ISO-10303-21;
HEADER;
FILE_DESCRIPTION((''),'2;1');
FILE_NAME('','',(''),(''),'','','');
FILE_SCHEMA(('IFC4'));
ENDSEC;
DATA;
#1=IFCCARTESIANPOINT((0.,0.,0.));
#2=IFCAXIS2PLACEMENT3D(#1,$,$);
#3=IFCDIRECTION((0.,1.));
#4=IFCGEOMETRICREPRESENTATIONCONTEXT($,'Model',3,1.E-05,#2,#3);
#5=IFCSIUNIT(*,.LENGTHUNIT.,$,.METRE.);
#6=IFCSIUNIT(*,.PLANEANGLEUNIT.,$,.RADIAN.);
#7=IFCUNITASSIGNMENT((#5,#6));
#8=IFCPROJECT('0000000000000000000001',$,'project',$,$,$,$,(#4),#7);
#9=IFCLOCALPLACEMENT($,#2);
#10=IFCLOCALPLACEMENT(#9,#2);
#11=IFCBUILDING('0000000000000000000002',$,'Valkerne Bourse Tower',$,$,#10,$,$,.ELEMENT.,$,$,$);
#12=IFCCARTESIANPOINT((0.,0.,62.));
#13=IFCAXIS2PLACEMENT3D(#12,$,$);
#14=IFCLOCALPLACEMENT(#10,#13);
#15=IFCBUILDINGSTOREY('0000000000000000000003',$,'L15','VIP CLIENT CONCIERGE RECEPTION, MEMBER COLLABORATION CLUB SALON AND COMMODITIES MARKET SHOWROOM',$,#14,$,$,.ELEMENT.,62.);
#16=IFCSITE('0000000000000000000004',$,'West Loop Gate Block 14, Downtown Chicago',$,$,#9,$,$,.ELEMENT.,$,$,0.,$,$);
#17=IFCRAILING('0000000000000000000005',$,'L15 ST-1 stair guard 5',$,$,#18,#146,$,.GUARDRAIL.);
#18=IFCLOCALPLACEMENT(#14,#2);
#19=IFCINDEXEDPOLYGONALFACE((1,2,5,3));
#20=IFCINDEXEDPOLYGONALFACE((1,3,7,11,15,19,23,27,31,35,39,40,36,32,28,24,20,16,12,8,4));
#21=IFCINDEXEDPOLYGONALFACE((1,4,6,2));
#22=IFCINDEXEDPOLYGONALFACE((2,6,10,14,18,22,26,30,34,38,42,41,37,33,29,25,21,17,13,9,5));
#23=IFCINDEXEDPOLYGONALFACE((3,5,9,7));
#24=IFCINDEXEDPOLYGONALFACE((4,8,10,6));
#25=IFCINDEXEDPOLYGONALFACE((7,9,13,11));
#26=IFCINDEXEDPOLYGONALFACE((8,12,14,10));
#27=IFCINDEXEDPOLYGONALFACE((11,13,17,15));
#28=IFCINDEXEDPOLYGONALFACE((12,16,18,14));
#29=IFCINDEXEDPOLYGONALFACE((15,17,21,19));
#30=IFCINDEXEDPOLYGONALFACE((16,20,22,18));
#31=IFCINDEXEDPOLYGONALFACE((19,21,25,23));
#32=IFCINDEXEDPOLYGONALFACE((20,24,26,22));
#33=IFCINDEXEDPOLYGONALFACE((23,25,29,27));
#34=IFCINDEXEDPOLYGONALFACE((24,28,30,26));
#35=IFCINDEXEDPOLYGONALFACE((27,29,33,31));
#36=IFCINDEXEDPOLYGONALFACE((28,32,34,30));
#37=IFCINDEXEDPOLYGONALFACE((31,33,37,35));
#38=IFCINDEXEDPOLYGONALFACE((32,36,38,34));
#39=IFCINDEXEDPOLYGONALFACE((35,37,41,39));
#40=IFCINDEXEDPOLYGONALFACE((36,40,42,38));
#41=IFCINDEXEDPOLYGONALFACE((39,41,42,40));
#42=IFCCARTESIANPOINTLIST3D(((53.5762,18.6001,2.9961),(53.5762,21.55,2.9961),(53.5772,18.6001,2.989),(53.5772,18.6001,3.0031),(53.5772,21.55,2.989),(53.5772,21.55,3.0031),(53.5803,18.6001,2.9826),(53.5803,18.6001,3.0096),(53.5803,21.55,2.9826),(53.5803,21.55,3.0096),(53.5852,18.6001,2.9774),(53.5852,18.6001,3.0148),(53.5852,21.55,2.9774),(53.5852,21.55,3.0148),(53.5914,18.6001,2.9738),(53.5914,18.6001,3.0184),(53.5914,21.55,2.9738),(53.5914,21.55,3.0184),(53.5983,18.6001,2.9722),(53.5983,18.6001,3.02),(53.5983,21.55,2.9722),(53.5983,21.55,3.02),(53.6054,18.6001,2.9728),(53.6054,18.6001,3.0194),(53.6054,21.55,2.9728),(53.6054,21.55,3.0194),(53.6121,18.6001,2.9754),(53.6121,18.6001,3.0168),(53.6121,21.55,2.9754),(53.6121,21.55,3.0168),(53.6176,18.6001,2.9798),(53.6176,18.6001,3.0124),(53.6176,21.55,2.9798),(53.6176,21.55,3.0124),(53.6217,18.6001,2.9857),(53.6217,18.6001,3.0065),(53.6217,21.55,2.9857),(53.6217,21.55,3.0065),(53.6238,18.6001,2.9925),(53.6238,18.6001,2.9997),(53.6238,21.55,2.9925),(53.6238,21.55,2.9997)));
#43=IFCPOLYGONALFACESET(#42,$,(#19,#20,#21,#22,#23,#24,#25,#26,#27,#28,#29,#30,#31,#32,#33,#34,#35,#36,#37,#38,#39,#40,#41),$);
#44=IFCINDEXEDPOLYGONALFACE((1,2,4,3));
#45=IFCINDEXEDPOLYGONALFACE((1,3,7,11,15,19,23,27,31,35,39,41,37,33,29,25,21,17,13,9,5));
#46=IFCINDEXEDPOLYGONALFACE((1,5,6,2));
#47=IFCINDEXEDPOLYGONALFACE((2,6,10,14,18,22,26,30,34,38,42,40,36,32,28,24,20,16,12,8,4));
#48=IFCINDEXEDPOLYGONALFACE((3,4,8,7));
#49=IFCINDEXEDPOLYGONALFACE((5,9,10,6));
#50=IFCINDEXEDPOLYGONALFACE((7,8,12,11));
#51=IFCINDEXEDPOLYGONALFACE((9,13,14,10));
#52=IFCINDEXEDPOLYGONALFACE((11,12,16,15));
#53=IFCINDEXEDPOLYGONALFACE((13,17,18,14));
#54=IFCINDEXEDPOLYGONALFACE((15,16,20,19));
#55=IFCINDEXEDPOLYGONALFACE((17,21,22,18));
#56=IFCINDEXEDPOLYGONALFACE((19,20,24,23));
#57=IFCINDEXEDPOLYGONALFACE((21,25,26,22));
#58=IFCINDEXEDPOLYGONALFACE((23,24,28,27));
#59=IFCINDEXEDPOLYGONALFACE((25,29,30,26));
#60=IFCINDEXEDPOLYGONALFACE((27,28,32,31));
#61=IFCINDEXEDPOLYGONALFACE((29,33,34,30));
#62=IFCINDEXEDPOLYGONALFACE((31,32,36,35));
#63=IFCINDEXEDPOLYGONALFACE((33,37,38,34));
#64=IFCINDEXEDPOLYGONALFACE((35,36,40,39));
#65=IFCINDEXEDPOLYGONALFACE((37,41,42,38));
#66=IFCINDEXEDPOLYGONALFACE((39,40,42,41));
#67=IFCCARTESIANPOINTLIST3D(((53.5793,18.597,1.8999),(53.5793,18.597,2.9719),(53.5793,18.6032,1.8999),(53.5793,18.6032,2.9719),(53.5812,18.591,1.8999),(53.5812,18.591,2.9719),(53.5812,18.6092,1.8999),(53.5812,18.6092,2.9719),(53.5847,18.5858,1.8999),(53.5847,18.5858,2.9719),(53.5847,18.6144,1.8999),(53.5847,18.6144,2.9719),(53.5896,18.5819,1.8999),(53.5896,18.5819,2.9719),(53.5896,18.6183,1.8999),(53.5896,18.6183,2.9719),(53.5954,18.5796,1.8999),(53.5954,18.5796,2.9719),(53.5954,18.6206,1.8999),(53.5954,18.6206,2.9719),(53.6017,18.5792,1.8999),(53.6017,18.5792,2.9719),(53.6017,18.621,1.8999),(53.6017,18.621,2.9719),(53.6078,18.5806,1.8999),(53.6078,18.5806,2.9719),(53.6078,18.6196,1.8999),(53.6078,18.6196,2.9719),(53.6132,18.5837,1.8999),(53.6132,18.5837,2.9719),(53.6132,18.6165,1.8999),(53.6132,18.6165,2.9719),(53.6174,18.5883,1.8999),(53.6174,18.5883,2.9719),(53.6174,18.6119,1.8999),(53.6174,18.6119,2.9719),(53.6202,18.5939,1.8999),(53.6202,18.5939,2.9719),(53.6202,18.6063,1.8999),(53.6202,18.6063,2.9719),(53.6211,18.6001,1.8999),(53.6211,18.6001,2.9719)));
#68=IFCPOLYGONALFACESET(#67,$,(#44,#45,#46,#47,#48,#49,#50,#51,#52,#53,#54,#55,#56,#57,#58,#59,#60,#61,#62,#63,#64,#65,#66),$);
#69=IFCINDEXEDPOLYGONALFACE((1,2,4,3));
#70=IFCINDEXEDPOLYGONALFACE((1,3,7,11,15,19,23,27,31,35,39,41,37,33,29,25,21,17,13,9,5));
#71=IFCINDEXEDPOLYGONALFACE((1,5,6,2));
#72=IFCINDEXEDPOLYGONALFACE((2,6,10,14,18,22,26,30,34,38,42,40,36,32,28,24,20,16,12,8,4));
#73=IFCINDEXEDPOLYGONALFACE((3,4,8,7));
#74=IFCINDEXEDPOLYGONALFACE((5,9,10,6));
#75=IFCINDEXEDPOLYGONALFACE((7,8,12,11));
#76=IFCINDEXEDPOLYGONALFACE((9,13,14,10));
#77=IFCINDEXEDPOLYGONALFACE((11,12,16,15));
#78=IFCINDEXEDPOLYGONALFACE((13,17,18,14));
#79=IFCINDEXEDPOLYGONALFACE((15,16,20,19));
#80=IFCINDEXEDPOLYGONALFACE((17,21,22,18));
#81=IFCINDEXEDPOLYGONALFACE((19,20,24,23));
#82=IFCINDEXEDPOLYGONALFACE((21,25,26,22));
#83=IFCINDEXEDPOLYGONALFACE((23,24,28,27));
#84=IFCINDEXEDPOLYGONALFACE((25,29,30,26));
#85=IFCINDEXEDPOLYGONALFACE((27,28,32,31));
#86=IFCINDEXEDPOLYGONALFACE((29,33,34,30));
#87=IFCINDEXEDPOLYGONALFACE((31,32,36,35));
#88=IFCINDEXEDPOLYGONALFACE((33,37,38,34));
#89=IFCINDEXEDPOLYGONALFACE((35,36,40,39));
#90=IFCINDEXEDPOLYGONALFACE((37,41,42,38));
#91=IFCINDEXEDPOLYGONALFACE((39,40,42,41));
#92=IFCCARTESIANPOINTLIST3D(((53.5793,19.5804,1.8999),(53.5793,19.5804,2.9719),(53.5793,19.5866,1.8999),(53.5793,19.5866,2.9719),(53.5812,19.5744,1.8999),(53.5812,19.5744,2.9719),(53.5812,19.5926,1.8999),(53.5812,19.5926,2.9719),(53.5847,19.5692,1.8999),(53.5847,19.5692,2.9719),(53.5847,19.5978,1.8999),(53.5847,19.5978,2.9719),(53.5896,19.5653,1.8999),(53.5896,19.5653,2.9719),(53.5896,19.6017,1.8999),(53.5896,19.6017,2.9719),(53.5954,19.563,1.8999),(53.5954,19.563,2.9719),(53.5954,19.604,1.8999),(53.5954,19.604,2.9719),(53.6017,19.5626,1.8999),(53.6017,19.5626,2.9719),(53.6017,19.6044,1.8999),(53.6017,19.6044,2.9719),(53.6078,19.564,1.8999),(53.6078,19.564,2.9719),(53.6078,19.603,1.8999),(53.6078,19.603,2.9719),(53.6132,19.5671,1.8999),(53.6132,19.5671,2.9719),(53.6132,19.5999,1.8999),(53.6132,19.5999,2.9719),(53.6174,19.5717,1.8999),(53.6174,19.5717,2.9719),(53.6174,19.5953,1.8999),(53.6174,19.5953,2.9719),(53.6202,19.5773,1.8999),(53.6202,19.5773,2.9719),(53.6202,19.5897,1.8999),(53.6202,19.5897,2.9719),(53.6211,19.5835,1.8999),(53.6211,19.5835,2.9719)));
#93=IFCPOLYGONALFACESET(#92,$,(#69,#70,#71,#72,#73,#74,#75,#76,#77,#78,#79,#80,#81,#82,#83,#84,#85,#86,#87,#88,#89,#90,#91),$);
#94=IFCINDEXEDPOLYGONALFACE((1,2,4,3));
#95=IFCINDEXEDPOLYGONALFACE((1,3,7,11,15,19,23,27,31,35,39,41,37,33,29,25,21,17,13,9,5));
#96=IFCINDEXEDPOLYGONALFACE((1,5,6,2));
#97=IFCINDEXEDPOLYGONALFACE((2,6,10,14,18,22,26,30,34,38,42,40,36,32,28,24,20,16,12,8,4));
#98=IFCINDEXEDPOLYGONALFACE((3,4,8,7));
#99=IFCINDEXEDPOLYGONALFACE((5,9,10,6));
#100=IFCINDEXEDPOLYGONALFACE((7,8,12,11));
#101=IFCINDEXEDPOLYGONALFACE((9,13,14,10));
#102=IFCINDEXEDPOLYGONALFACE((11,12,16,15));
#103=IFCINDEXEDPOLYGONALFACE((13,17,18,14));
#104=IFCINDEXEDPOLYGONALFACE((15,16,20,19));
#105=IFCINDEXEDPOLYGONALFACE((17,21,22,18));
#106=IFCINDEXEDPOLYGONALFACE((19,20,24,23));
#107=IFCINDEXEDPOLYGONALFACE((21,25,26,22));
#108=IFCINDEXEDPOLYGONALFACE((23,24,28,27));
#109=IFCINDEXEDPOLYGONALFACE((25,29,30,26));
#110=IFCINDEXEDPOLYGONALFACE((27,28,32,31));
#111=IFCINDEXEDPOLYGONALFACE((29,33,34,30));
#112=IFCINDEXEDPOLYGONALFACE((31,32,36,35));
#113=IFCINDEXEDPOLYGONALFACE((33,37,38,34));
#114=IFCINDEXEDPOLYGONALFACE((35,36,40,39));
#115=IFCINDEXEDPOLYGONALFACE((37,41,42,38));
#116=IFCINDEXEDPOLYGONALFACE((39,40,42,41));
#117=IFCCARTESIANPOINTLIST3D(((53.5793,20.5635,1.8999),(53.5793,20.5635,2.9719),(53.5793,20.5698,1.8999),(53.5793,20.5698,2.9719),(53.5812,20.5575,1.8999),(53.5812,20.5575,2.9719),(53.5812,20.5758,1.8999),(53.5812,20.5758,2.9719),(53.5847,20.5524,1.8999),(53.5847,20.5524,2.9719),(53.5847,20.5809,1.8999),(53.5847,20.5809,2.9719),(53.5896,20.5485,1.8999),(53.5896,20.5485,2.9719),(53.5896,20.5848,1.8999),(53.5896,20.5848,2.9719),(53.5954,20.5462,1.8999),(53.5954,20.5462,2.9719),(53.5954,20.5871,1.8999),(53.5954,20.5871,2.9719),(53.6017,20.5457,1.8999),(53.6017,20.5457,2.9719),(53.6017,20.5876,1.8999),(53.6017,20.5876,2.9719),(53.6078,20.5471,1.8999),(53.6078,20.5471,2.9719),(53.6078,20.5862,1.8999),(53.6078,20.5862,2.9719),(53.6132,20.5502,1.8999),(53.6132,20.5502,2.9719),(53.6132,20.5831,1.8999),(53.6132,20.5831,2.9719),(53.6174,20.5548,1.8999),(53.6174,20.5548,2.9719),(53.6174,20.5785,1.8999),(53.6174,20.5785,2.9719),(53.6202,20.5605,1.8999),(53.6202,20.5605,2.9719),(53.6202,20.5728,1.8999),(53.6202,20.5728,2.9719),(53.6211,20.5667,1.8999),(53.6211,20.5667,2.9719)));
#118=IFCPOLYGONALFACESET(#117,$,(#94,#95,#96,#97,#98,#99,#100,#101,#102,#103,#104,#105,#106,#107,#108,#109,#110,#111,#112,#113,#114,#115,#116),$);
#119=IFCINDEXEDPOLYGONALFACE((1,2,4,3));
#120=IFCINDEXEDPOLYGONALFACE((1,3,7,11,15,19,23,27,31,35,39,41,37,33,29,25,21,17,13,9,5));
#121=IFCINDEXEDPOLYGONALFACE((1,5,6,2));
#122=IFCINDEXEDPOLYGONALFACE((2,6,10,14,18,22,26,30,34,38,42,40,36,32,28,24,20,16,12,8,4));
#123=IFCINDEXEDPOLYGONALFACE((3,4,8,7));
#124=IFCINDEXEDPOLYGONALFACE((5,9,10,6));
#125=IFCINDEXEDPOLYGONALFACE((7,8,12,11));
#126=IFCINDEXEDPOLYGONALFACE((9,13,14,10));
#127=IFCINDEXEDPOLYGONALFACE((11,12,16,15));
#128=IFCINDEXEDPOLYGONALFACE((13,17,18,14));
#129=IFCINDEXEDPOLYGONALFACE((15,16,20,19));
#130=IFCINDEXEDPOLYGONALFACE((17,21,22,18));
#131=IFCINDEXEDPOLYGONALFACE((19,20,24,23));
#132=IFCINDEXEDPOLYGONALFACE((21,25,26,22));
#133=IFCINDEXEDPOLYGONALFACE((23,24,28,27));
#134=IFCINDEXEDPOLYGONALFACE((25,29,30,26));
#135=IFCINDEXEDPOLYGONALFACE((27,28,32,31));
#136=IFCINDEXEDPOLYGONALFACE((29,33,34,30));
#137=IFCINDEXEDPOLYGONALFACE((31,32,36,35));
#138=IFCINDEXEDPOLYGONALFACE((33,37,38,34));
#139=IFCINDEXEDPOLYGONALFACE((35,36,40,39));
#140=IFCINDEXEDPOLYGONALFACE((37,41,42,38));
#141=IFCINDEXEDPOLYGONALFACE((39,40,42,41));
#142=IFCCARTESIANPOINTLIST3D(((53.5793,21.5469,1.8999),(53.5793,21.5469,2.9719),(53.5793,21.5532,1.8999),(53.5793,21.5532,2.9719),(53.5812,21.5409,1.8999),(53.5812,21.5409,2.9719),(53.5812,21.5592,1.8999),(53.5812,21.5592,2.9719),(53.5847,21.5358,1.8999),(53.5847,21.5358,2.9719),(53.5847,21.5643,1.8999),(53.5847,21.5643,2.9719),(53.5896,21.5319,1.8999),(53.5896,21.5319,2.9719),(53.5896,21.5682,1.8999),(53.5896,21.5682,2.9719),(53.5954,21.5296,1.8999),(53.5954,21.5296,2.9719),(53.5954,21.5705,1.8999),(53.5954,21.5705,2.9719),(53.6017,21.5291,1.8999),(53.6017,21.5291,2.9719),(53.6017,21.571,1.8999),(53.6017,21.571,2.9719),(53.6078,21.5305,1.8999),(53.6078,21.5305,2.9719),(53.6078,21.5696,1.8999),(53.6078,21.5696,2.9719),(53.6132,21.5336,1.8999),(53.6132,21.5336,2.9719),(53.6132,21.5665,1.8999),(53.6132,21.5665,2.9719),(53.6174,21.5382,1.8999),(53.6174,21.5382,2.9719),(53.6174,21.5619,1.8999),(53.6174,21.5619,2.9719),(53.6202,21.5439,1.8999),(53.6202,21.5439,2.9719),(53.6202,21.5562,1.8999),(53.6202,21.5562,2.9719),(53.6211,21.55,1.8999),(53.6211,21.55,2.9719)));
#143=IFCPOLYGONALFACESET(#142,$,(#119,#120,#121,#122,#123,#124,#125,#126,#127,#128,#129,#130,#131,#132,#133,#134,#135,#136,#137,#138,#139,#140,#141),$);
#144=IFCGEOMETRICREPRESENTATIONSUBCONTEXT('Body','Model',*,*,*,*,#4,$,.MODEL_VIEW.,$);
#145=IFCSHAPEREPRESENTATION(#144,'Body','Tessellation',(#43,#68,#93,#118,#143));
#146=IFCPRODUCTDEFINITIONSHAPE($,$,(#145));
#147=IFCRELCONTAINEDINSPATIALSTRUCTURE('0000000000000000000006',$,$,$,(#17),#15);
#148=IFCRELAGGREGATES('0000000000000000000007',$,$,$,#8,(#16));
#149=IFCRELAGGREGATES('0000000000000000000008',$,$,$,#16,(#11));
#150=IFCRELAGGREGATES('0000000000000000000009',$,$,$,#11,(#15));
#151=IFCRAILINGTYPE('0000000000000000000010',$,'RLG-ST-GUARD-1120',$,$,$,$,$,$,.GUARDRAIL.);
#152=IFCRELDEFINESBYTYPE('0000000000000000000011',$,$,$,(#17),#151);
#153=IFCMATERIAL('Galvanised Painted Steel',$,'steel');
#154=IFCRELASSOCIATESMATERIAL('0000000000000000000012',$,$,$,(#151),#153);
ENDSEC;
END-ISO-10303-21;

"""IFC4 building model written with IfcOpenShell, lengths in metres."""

from ifc_helpers import new_model, si_unit, direction, frame, origin, origin_2d, place, context, subcontext, project, spatial, circle, extrude, material, type_object, element, save


model = new_model("IFC4")

# Units and contexts
model_context = context("Model", 3, precision=1e-05, world=origin(), true_north=direction((0.0, 1.0)))
body_context = subcontext(model_context, "Body", "Model", "MODEL_VIEW")
ifc_project = project(units=[si_unit("LENGTHUNIT", "METRE"), si_unit("PLANEANGLEUNIT", "RADIAN")], contexts=[model_context])

# Site, building, storey
site_placement = place(None, origin())
site = spatial("IfcSite", under=ifc_project, at=site_placement, Name="West Loop Gate Block 14, Downtown Chicago", CompositionType="ELEMENT", RefElevation=0.0)
building_placement = place(site_placement, origin())
building = spatial("IfcBuilding", under=site, at=building_placement, Name="Valkerne Bourse Tower", CompositionType="ELEMENT")
storey_placement = place(building_placement, frame((0.0, 0.0, 62.0)))
storey = spatial("IfcBuildingStorey", under=building, at=storey_placement, Name="L15", Description="VIP CLIENT CONCIERGE RECEPTION, MEMBER COLLABORATION CLUB SALON AND COMMODITIES MARKET SHOWROOM", CompositionType="ELEMENT", Elevation=62.0)

# Shared definitions
ifc_material_1 = material(Name="Galvanised Painted Steel", Category="steel")

# Railing
railing_type = type_object("IfcRailingType", Name="RLG-ST-GUARD-1120", PredefinedType="GUARDRAIL", material=ifc_material_1)
railing_1_placement = place(storey_placement, frame((53.6001, 18.6001, 1.8999)))
element("IfcRailing", 1, at=railing_1_placement, inside=storey, type_object=railing_type, Name="L15 ST-1 stair guard 5", PredefinedType="GUARDRAIL", context=body_context, shape_type="SweptSolid", body=[
    extrude(circle(Radius=0.0239, at=origin_2d()), frame((0.0, 0.0, 1.0962), z_axis=(0.0, 1.0, 0.0), x_axis=(-1.0, 0.0, 0.0)), (0.0, 0.0, 1.0), 2.95),
    extrude(circle(Radius=0.021, at=origin_2d()), origin(), (0.0, 0.0, 1.0), 1.072),
    extrude(circle(Radius=0.021, at=origin_2d()), frame((0.0, 0.9834, 0.0)), (0.0, 0.0, 1.0), 1.072),
    extrude(circle(Radius=0.021, at=origin_2d()), frame((0.0, 1.9666, 0.0)), (0.0, 0.0, 1.0), 1.072),
    extrude(circle(Radius=0.021, at=origin_2d()), frame((0.0, 2.95, 0.0)), (0.0, 0.0, 1.0), 1.072),
])

save(model, "model.ifc")
